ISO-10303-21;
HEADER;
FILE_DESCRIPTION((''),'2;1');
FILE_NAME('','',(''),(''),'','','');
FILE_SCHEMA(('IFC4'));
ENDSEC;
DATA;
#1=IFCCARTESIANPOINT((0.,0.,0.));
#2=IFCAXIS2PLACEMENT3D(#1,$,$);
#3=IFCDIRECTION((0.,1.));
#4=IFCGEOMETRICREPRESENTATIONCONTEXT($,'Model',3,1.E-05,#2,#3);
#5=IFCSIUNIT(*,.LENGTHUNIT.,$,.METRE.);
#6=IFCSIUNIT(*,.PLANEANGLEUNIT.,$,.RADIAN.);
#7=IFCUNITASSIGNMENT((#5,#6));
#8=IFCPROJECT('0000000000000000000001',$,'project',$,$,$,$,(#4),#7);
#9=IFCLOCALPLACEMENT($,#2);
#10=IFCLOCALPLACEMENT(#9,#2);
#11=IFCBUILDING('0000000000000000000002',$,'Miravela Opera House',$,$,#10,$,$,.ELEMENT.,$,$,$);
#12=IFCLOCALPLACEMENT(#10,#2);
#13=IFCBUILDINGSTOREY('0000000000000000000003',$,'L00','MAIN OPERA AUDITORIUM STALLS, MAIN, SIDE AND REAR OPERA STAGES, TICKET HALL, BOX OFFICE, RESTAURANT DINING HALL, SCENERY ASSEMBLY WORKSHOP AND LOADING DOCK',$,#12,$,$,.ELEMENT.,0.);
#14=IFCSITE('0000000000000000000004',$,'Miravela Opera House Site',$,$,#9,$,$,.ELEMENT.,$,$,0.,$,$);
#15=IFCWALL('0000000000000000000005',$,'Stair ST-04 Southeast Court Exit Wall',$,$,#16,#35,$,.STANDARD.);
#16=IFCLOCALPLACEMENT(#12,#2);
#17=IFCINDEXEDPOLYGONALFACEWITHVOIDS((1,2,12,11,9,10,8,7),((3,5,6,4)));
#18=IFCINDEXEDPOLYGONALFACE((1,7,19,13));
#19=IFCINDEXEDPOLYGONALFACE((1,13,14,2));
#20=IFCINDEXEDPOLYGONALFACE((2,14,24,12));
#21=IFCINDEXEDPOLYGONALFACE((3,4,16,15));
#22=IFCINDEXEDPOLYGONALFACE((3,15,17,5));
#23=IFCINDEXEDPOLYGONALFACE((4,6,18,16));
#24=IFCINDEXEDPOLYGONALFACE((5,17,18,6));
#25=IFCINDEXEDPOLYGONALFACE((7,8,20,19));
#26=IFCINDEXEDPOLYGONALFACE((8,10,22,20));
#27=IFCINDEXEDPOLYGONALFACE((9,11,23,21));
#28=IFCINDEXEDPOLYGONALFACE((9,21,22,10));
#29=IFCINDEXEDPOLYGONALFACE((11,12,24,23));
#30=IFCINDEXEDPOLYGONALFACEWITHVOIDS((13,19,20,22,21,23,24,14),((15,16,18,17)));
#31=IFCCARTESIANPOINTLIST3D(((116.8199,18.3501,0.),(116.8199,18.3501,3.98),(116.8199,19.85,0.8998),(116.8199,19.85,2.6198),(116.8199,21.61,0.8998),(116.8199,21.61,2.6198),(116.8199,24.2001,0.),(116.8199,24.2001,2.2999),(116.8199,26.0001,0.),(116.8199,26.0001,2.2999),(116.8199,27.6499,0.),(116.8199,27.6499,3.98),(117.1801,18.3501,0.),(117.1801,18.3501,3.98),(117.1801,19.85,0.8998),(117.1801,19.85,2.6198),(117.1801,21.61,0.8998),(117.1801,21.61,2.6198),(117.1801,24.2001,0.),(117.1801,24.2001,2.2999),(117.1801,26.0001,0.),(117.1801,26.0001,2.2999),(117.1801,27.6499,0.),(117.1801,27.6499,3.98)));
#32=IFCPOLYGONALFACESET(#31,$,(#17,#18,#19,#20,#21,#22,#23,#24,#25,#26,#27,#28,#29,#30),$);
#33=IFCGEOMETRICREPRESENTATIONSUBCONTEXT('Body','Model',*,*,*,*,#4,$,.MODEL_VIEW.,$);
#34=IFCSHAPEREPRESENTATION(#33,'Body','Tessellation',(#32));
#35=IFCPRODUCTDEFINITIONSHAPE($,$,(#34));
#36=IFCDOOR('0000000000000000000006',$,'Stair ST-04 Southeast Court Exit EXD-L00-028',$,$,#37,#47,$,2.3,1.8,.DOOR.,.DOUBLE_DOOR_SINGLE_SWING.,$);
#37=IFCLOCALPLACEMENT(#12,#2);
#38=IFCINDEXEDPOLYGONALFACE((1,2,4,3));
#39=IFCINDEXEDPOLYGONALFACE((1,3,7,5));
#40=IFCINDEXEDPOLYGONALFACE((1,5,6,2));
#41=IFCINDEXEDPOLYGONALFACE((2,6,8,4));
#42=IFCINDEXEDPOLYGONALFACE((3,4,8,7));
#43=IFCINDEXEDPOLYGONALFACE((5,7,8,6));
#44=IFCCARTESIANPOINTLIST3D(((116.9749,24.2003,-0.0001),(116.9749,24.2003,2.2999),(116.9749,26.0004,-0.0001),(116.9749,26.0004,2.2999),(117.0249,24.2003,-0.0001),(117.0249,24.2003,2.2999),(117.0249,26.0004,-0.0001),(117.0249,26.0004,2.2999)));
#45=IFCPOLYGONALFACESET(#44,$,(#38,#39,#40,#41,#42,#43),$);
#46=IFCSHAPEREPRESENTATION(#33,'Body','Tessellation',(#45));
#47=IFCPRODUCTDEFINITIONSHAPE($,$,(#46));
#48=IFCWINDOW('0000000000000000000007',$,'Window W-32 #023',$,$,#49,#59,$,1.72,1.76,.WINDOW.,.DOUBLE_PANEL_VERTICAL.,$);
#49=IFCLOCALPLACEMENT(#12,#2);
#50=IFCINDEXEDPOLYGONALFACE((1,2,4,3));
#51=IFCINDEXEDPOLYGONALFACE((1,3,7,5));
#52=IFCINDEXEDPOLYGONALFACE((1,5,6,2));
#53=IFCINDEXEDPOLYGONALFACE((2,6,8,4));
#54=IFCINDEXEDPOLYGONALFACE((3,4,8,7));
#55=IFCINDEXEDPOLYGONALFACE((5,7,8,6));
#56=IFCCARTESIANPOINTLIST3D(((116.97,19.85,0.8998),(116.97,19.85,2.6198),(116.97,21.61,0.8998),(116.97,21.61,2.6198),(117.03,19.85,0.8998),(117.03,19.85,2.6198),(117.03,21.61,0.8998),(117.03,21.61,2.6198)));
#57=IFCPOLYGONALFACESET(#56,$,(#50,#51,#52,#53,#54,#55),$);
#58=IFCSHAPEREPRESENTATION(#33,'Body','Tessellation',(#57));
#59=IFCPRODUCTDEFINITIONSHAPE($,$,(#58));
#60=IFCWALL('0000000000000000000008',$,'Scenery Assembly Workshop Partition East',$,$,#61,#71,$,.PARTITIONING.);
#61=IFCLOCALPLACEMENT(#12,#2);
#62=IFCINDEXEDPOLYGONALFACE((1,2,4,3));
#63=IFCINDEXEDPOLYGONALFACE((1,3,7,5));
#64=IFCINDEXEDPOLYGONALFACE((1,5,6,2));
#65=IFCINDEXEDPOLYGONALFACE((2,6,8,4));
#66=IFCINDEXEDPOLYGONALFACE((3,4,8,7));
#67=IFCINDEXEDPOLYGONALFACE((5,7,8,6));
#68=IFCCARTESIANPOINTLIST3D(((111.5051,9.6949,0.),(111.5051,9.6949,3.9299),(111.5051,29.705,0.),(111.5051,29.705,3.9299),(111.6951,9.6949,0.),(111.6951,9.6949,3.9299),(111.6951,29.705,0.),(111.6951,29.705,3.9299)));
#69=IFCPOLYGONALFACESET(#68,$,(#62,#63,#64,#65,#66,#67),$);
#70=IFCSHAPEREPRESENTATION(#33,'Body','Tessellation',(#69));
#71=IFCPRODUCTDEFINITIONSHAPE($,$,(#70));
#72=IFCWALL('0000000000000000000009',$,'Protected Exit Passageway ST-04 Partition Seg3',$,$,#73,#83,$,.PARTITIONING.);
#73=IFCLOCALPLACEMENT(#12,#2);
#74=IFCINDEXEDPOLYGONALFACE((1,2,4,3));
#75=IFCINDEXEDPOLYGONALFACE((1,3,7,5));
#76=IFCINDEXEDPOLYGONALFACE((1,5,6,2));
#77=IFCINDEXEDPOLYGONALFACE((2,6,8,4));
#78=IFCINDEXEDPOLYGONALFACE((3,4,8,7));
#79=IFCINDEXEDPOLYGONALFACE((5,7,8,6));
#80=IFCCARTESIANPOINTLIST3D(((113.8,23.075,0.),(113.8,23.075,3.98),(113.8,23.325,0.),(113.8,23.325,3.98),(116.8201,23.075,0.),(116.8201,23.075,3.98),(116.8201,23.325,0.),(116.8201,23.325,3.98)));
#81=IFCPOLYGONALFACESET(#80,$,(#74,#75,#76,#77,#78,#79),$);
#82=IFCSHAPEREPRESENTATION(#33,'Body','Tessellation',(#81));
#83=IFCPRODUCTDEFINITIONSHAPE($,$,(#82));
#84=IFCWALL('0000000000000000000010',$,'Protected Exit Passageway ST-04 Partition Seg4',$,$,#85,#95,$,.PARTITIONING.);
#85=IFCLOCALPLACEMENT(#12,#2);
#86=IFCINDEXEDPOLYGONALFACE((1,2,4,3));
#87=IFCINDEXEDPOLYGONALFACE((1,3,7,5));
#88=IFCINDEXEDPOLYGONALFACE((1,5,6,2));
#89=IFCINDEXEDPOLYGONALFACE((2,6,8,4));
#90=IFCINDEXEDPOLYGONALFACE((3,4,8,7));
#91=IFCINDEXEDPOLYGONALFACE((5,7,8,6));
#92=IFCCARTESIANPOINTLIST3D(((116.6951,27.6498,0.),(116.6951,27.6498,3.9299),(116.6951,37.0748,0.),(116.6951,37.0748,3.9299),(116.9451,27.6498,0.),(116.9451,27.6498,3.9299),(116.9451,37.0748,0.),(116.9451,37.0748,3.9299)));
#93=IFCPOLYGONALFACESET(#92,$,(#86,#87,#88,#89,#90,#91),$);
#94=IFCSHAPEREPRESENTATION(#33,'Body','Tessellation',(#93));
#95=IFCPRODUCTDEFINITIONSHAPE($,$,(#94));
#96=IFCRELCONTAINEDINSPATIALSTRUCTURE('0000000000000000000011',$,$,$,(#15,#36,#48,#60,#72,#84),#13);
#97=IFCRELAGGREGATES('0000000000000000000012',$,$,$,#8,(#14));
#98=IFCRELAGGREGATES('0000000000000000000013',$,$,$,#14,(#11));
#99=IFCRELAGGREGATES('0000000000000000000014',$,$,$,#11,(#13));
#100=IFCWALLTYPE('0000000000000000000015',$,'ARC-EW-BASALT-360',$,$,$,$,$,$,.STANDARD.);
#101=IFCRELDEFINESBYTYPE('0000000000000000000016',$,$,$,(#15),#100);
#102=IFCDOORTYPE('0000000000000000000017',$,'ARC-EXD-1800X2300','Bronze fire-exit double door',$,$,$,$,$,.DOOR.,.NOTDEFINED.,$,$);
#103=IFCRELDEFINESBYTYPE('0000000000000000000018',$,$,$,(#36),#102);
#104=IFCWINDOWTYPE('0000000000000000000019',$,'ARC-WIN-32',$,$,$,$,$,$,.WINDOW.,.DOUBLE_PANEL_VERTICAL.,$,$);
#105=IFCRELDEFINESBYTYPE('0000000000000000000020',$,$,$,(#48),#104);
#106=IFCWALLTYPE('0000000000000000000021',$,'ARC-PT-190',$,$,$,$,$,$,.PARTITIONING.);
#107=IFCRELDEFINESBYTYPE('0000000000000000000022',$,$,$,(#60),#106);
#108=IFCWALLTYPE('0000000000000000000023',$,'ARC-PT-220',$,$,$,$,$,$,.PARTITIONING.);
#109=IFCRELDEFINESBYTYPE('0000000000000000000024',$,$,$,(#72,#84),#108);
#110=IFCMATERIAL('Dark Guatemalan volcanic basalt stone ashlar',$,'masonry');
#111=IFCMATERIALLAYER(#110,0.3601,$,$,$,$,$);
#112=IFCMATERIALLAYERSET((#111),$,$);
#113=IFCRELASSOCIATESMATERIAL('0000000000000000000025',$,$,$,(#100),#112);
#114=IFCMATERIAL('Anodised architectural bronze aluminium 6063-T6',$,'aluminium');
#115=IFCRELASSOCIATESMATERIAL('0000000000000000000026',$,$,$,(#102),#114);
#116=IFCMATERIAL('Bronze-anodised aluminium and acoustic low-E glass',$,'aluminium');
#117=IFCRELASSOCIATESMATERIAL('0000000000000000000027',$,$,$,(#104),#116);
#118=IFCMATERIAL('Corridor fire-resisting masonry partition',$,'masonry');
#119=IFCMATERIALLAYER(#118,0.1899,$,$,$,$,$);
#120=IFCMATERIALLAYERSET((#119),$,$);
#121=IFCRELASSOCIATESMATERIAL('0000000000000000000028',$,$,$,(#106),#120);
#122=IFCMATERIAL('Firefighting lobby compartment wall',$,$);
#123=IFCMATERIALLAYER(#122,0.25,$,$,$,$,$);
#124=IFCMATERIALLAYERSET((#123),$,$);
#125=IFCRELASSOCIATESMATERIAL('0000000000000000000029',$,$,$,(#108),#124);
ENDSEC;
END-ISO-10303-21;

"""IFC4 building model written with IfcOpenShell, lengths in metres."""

from ifc_helpers import new_model, si_unit, direction, frame, frame_2d, origin, place, context, subcontext, project, spatial, rectangle, extrude, material, layer, layer_set, type_object, element, fill, save


model = new_model("IFC4")

# Units and contexts
model_context = context("Model", 3, precision=1e-05, world=origin(), true_north=direction((0.0, 1.0)))
body_context = subcontext(model_context, "Body", "Model", "MODEL_VIEW")
ifc_project = project(units=[si_unit("LENGTHUNIT", "METRE"), si_unit("PLANEANGLEUNIT", "RADIAN")], contexts=[model_context])

# Site, building, storey
site_placement = place(None, origin())
site = spatial("IfcSite", under=ifc_project, at=site_placement, Name="Miravela Opera House Site", CompositionType="ELEMENT", RefElevation=0.0)
building_placement = place(site_placement, origin())
building = spatial("IfcBuilding", under=site, at=building_placement, Name="Miravela Opera House", CompositionType="ELEMENT")
storey_placement = place(building_placement, origin())
storey = spatial("IfcBuildingStorey", under=building, at=storey_placement, Name="L00", Description="MAIN OPERA AUDITORIUM STALLS, MAIN, SIDE AND REAR OPERA STAGES, TICKET HALL, BOX OFFICE, RESTAURANT DINING HALL, SCENERY ASSEMBLY WORKSHOP AND LOADING DOCK", CompositionType="ELEMENT", Elevation=0.0)

# Shared definitions
ifc_material_1 = material(Name="Anodised architectural bronze aluminium 6063-T6", Category="aluminium")

# Wall, openings, door, window
ifc_material_2 = material(Name="Dark Guatemalan volcanic basalt stone ashlar", Category="masonry")
ifc_layer_1 = layer(ifc_material_2, 0.3601)
ifc_layer_set_1 = layer_set([ifc_layer_1])
wall_type_1 = type_object("IfcWallType", Name="ARC-EW-BASALT-360", PredefinedType="STANDARD", material=ifc_layer_set_1)
wall_1_placement = place(storey_placement, frame((117.0, 18.3501, 0.0), z_axis=(0.0, 0.0, 1.0), x_axis=(0.0, 1.0, 0.0)))
wall_1 = element("IfcWall", 1, at=wall_1_placement, inside=storey, type_object=wall_type_1, Name="Stair ST-04 Southeast Court Exit Wall", PredefinedType="STANDARD", context=body_context, shape_type="SweptSolid", body=[
    extrude(rectangle(XDim=9.2998, YDim=0.3601, at=frame_2d((4.6499, 0.0))), origin(), (0.0, 0.0, 1.0), 3.98),
])
opening_1_placement = place(wall_1_placement, frame((5.8501, 0.0, 0.0)))
opening_1 = element("IfcOpeningElement", 2, at=opening_1_placement, cuts=wall_1, PredefinedType="OPENING", context=body_context, shape_type="SweptSolid", body=[
    extrude(rectangle(XDim=1.8, YDim=2.3, at=frame_2d((0.8999, 1.1499))), frame((0.0, 0.1899, 0.0), z_axis=(0.0, -1.0, 0.0), x_axis=(1.0, 0.0, 0.0)), (0.0, 0.0, 1.0), 0.3801),
])
opening_2_placement = place(wall_1_placement, frame((1.5, 0.0, 0.8999)))
opening_2 = element("IfcOpeningElement", 3, at=opening_2_placement, cuts=wall_1, PredefinedType="OPENING", context=body_context, shape_type="SweptSolid", body=[
    extrude(rectangle(XDim=1.76, YDim=1.72, at=frame_2d((0.8799, 0.8599))), frame((0.0, 0.1899, 0.0), z_axis=(0.0, -1.0, 0.0), x_axis=(1.0, 0.0, 0.0)), (0.0, 0.0, 1.0), 0.3801),
])
door_type = type_object("IfcDoorType", Name="ARC-EXD-1800X2300", Description="Bronze fire-exit double door", OperationType="NOTDEFINED", PredefinedType="DOOR", material=ifc_material_1)
door_placement = place(opening_1_placement, frame((1.8, 0.0, 0.0), z_axis=(0.0, 0.0, 1.0), x_axis=(-1.0, 0.0, 0.0)))
door = element("IfcDoor", 4, at=door_placement, inside=storey, type_object=door_type, Name="Stair ST-04 Southeast Court Exit EXD-L00-028", OperationType="DOUBLE_DOOR_SINGLE_SWING", OverallHeight=2.3, OverallWidth=1.8, PredefinedType="DOOR", context=body_context, shape_type="SweptSolid", body=[
    extrude(rectangle(XDim=1.8, YDim=2.3, at=frame_2d((0.8999, 1.1499))), frame((0.0, 0.0249, 0.0), z_axis=(0.0, -1.0, 0.0), x_axis=(1.0, 0.0, 0.0)), (0.0, 0.0, 1.0), 0.05),
])
fill(opening_1, door)
ifc_material_3 = material(Name="Bronze-anodised aluminium and acoustic low-E glass", Category="aluminium")
window_type = type_object("IfcWindowType", Name="ARC-WIN-32", PartitioningType="DOUBLE_PANEL_VERTICAL", PredefinedType="WINDOW", material=ifc_material_3)
window_placement = place(opening_2_placement, origin())
window = element("IfcWindow", 5, at=window_placement, inside=storey, type_object=window_type, Name="Window W-32 #023", OverallHeight=1.72, OverallWidth=1.76, PartitioningType="DOUBLE_PANEL_VERTICAL", PredefinedType="WINDOW", context=body_context, shape_type="SweptSolid", body=[
    extrude(rectangle(XDim=1.76, YDim=1.72, at=frame_2d((0.8799, 0.8599))), frame((0.0, 0.03, 0.0), z_axis=(0.0, -1.0, 0.0), x_axis=(1.0, 0.0, 0.0)), (0.0, 0.0, 1.0), 0.0601),
])
fill(opening_2, window)

# Walls
ifc_material_4 = material(Name="Corridor fire-resisting masonry partition", Category="masonry")
ifc_layer_2 = layer(ifc_material_4, 0.1899)
ifc_layer_set_2 = layer_set([ifc_layer_2])
wall_type_2 = type_object("IfcWallType", Name="ARC-PT-190", PredefinedType="PARTITIONING", material=ifc_layer_set_2)
wall_2_placement = place(storey_placement, frame((111.6001, 9.6951, 0.0), z_axis=(0.0, 0.0, 1.0), x_axis=(0.0, 1.0, 0.0)))
element("IfcWall", 6, at=wall_2_placement, inside=storey, type_object=wall_type_2, Name="Scenery Assembly Workshop Partition East", PredefinedType="PARTITIONING", context=body_context, shape_type="SweptSolid", body=[
    extrude(rectangle(XDim=20.01, YDim=0.1899, at=frame_2d((10.0049, 0.0))), origin(), (0.0, 0.0, 1.0), 3.9299),
])
ifc_material_5 = material(Name="Firefighting lobby compartment wall")
ifc_layer_3 = layer(ifc_material_5, 0.25)
ifc_layer_set_3 = layer_set([ifc_layer_3])
wall_type_3 = type_object("IfcWallType", Name="ARC-PT-220", PredefinedType="PARTITIONING", material=ifc_layer_set_3)
wall_3_placement = place(storey_placement, frame((113.8, 23.2, 0.0), z_axis=(0.0, 0.0, 1.0), x_axis=(1.0, 0.0, 0.0)))
element("IfcWall", 7, at=wall_3_placement, inside=storey, type_object=wall_type_3, Name="Protected Exit Passageway ST-04 Partition Seg3", PredefinedType="PARTITIONING", context=body_context, shape_type="SweptSolid", body=[
    extrude(rectangle(XDim=3.02, YDim=0.25, at=frame_2d((1.51, 0.0))), origin(), (0.0, 0.0, 1.0), 3.98),
])
wall_4_placement = place(storey_placement, frame((116.8201, 27.6499, 0.0), z_axis=(0.0, 0.0, 1.0), x_axis=(0.0, 1.0, 0.0)))
element("IfcWall", 8, at=wall_4_placement, inside=storey, type_object=wall_type_3, Name="Protected Exit Passageway ST-04 Partition Seg4", PredefinedType="PARTITIONING", context=body_context, shape_type="SweptSolid", body=[
    extrude(rectangle(XDim=9.425, YDim=0.25, at=frame_2d((4.7124, 0.0))), origin(), (0.0, 0.0, 1.0), 3.9299),
])

save(model, "model.ifc")
